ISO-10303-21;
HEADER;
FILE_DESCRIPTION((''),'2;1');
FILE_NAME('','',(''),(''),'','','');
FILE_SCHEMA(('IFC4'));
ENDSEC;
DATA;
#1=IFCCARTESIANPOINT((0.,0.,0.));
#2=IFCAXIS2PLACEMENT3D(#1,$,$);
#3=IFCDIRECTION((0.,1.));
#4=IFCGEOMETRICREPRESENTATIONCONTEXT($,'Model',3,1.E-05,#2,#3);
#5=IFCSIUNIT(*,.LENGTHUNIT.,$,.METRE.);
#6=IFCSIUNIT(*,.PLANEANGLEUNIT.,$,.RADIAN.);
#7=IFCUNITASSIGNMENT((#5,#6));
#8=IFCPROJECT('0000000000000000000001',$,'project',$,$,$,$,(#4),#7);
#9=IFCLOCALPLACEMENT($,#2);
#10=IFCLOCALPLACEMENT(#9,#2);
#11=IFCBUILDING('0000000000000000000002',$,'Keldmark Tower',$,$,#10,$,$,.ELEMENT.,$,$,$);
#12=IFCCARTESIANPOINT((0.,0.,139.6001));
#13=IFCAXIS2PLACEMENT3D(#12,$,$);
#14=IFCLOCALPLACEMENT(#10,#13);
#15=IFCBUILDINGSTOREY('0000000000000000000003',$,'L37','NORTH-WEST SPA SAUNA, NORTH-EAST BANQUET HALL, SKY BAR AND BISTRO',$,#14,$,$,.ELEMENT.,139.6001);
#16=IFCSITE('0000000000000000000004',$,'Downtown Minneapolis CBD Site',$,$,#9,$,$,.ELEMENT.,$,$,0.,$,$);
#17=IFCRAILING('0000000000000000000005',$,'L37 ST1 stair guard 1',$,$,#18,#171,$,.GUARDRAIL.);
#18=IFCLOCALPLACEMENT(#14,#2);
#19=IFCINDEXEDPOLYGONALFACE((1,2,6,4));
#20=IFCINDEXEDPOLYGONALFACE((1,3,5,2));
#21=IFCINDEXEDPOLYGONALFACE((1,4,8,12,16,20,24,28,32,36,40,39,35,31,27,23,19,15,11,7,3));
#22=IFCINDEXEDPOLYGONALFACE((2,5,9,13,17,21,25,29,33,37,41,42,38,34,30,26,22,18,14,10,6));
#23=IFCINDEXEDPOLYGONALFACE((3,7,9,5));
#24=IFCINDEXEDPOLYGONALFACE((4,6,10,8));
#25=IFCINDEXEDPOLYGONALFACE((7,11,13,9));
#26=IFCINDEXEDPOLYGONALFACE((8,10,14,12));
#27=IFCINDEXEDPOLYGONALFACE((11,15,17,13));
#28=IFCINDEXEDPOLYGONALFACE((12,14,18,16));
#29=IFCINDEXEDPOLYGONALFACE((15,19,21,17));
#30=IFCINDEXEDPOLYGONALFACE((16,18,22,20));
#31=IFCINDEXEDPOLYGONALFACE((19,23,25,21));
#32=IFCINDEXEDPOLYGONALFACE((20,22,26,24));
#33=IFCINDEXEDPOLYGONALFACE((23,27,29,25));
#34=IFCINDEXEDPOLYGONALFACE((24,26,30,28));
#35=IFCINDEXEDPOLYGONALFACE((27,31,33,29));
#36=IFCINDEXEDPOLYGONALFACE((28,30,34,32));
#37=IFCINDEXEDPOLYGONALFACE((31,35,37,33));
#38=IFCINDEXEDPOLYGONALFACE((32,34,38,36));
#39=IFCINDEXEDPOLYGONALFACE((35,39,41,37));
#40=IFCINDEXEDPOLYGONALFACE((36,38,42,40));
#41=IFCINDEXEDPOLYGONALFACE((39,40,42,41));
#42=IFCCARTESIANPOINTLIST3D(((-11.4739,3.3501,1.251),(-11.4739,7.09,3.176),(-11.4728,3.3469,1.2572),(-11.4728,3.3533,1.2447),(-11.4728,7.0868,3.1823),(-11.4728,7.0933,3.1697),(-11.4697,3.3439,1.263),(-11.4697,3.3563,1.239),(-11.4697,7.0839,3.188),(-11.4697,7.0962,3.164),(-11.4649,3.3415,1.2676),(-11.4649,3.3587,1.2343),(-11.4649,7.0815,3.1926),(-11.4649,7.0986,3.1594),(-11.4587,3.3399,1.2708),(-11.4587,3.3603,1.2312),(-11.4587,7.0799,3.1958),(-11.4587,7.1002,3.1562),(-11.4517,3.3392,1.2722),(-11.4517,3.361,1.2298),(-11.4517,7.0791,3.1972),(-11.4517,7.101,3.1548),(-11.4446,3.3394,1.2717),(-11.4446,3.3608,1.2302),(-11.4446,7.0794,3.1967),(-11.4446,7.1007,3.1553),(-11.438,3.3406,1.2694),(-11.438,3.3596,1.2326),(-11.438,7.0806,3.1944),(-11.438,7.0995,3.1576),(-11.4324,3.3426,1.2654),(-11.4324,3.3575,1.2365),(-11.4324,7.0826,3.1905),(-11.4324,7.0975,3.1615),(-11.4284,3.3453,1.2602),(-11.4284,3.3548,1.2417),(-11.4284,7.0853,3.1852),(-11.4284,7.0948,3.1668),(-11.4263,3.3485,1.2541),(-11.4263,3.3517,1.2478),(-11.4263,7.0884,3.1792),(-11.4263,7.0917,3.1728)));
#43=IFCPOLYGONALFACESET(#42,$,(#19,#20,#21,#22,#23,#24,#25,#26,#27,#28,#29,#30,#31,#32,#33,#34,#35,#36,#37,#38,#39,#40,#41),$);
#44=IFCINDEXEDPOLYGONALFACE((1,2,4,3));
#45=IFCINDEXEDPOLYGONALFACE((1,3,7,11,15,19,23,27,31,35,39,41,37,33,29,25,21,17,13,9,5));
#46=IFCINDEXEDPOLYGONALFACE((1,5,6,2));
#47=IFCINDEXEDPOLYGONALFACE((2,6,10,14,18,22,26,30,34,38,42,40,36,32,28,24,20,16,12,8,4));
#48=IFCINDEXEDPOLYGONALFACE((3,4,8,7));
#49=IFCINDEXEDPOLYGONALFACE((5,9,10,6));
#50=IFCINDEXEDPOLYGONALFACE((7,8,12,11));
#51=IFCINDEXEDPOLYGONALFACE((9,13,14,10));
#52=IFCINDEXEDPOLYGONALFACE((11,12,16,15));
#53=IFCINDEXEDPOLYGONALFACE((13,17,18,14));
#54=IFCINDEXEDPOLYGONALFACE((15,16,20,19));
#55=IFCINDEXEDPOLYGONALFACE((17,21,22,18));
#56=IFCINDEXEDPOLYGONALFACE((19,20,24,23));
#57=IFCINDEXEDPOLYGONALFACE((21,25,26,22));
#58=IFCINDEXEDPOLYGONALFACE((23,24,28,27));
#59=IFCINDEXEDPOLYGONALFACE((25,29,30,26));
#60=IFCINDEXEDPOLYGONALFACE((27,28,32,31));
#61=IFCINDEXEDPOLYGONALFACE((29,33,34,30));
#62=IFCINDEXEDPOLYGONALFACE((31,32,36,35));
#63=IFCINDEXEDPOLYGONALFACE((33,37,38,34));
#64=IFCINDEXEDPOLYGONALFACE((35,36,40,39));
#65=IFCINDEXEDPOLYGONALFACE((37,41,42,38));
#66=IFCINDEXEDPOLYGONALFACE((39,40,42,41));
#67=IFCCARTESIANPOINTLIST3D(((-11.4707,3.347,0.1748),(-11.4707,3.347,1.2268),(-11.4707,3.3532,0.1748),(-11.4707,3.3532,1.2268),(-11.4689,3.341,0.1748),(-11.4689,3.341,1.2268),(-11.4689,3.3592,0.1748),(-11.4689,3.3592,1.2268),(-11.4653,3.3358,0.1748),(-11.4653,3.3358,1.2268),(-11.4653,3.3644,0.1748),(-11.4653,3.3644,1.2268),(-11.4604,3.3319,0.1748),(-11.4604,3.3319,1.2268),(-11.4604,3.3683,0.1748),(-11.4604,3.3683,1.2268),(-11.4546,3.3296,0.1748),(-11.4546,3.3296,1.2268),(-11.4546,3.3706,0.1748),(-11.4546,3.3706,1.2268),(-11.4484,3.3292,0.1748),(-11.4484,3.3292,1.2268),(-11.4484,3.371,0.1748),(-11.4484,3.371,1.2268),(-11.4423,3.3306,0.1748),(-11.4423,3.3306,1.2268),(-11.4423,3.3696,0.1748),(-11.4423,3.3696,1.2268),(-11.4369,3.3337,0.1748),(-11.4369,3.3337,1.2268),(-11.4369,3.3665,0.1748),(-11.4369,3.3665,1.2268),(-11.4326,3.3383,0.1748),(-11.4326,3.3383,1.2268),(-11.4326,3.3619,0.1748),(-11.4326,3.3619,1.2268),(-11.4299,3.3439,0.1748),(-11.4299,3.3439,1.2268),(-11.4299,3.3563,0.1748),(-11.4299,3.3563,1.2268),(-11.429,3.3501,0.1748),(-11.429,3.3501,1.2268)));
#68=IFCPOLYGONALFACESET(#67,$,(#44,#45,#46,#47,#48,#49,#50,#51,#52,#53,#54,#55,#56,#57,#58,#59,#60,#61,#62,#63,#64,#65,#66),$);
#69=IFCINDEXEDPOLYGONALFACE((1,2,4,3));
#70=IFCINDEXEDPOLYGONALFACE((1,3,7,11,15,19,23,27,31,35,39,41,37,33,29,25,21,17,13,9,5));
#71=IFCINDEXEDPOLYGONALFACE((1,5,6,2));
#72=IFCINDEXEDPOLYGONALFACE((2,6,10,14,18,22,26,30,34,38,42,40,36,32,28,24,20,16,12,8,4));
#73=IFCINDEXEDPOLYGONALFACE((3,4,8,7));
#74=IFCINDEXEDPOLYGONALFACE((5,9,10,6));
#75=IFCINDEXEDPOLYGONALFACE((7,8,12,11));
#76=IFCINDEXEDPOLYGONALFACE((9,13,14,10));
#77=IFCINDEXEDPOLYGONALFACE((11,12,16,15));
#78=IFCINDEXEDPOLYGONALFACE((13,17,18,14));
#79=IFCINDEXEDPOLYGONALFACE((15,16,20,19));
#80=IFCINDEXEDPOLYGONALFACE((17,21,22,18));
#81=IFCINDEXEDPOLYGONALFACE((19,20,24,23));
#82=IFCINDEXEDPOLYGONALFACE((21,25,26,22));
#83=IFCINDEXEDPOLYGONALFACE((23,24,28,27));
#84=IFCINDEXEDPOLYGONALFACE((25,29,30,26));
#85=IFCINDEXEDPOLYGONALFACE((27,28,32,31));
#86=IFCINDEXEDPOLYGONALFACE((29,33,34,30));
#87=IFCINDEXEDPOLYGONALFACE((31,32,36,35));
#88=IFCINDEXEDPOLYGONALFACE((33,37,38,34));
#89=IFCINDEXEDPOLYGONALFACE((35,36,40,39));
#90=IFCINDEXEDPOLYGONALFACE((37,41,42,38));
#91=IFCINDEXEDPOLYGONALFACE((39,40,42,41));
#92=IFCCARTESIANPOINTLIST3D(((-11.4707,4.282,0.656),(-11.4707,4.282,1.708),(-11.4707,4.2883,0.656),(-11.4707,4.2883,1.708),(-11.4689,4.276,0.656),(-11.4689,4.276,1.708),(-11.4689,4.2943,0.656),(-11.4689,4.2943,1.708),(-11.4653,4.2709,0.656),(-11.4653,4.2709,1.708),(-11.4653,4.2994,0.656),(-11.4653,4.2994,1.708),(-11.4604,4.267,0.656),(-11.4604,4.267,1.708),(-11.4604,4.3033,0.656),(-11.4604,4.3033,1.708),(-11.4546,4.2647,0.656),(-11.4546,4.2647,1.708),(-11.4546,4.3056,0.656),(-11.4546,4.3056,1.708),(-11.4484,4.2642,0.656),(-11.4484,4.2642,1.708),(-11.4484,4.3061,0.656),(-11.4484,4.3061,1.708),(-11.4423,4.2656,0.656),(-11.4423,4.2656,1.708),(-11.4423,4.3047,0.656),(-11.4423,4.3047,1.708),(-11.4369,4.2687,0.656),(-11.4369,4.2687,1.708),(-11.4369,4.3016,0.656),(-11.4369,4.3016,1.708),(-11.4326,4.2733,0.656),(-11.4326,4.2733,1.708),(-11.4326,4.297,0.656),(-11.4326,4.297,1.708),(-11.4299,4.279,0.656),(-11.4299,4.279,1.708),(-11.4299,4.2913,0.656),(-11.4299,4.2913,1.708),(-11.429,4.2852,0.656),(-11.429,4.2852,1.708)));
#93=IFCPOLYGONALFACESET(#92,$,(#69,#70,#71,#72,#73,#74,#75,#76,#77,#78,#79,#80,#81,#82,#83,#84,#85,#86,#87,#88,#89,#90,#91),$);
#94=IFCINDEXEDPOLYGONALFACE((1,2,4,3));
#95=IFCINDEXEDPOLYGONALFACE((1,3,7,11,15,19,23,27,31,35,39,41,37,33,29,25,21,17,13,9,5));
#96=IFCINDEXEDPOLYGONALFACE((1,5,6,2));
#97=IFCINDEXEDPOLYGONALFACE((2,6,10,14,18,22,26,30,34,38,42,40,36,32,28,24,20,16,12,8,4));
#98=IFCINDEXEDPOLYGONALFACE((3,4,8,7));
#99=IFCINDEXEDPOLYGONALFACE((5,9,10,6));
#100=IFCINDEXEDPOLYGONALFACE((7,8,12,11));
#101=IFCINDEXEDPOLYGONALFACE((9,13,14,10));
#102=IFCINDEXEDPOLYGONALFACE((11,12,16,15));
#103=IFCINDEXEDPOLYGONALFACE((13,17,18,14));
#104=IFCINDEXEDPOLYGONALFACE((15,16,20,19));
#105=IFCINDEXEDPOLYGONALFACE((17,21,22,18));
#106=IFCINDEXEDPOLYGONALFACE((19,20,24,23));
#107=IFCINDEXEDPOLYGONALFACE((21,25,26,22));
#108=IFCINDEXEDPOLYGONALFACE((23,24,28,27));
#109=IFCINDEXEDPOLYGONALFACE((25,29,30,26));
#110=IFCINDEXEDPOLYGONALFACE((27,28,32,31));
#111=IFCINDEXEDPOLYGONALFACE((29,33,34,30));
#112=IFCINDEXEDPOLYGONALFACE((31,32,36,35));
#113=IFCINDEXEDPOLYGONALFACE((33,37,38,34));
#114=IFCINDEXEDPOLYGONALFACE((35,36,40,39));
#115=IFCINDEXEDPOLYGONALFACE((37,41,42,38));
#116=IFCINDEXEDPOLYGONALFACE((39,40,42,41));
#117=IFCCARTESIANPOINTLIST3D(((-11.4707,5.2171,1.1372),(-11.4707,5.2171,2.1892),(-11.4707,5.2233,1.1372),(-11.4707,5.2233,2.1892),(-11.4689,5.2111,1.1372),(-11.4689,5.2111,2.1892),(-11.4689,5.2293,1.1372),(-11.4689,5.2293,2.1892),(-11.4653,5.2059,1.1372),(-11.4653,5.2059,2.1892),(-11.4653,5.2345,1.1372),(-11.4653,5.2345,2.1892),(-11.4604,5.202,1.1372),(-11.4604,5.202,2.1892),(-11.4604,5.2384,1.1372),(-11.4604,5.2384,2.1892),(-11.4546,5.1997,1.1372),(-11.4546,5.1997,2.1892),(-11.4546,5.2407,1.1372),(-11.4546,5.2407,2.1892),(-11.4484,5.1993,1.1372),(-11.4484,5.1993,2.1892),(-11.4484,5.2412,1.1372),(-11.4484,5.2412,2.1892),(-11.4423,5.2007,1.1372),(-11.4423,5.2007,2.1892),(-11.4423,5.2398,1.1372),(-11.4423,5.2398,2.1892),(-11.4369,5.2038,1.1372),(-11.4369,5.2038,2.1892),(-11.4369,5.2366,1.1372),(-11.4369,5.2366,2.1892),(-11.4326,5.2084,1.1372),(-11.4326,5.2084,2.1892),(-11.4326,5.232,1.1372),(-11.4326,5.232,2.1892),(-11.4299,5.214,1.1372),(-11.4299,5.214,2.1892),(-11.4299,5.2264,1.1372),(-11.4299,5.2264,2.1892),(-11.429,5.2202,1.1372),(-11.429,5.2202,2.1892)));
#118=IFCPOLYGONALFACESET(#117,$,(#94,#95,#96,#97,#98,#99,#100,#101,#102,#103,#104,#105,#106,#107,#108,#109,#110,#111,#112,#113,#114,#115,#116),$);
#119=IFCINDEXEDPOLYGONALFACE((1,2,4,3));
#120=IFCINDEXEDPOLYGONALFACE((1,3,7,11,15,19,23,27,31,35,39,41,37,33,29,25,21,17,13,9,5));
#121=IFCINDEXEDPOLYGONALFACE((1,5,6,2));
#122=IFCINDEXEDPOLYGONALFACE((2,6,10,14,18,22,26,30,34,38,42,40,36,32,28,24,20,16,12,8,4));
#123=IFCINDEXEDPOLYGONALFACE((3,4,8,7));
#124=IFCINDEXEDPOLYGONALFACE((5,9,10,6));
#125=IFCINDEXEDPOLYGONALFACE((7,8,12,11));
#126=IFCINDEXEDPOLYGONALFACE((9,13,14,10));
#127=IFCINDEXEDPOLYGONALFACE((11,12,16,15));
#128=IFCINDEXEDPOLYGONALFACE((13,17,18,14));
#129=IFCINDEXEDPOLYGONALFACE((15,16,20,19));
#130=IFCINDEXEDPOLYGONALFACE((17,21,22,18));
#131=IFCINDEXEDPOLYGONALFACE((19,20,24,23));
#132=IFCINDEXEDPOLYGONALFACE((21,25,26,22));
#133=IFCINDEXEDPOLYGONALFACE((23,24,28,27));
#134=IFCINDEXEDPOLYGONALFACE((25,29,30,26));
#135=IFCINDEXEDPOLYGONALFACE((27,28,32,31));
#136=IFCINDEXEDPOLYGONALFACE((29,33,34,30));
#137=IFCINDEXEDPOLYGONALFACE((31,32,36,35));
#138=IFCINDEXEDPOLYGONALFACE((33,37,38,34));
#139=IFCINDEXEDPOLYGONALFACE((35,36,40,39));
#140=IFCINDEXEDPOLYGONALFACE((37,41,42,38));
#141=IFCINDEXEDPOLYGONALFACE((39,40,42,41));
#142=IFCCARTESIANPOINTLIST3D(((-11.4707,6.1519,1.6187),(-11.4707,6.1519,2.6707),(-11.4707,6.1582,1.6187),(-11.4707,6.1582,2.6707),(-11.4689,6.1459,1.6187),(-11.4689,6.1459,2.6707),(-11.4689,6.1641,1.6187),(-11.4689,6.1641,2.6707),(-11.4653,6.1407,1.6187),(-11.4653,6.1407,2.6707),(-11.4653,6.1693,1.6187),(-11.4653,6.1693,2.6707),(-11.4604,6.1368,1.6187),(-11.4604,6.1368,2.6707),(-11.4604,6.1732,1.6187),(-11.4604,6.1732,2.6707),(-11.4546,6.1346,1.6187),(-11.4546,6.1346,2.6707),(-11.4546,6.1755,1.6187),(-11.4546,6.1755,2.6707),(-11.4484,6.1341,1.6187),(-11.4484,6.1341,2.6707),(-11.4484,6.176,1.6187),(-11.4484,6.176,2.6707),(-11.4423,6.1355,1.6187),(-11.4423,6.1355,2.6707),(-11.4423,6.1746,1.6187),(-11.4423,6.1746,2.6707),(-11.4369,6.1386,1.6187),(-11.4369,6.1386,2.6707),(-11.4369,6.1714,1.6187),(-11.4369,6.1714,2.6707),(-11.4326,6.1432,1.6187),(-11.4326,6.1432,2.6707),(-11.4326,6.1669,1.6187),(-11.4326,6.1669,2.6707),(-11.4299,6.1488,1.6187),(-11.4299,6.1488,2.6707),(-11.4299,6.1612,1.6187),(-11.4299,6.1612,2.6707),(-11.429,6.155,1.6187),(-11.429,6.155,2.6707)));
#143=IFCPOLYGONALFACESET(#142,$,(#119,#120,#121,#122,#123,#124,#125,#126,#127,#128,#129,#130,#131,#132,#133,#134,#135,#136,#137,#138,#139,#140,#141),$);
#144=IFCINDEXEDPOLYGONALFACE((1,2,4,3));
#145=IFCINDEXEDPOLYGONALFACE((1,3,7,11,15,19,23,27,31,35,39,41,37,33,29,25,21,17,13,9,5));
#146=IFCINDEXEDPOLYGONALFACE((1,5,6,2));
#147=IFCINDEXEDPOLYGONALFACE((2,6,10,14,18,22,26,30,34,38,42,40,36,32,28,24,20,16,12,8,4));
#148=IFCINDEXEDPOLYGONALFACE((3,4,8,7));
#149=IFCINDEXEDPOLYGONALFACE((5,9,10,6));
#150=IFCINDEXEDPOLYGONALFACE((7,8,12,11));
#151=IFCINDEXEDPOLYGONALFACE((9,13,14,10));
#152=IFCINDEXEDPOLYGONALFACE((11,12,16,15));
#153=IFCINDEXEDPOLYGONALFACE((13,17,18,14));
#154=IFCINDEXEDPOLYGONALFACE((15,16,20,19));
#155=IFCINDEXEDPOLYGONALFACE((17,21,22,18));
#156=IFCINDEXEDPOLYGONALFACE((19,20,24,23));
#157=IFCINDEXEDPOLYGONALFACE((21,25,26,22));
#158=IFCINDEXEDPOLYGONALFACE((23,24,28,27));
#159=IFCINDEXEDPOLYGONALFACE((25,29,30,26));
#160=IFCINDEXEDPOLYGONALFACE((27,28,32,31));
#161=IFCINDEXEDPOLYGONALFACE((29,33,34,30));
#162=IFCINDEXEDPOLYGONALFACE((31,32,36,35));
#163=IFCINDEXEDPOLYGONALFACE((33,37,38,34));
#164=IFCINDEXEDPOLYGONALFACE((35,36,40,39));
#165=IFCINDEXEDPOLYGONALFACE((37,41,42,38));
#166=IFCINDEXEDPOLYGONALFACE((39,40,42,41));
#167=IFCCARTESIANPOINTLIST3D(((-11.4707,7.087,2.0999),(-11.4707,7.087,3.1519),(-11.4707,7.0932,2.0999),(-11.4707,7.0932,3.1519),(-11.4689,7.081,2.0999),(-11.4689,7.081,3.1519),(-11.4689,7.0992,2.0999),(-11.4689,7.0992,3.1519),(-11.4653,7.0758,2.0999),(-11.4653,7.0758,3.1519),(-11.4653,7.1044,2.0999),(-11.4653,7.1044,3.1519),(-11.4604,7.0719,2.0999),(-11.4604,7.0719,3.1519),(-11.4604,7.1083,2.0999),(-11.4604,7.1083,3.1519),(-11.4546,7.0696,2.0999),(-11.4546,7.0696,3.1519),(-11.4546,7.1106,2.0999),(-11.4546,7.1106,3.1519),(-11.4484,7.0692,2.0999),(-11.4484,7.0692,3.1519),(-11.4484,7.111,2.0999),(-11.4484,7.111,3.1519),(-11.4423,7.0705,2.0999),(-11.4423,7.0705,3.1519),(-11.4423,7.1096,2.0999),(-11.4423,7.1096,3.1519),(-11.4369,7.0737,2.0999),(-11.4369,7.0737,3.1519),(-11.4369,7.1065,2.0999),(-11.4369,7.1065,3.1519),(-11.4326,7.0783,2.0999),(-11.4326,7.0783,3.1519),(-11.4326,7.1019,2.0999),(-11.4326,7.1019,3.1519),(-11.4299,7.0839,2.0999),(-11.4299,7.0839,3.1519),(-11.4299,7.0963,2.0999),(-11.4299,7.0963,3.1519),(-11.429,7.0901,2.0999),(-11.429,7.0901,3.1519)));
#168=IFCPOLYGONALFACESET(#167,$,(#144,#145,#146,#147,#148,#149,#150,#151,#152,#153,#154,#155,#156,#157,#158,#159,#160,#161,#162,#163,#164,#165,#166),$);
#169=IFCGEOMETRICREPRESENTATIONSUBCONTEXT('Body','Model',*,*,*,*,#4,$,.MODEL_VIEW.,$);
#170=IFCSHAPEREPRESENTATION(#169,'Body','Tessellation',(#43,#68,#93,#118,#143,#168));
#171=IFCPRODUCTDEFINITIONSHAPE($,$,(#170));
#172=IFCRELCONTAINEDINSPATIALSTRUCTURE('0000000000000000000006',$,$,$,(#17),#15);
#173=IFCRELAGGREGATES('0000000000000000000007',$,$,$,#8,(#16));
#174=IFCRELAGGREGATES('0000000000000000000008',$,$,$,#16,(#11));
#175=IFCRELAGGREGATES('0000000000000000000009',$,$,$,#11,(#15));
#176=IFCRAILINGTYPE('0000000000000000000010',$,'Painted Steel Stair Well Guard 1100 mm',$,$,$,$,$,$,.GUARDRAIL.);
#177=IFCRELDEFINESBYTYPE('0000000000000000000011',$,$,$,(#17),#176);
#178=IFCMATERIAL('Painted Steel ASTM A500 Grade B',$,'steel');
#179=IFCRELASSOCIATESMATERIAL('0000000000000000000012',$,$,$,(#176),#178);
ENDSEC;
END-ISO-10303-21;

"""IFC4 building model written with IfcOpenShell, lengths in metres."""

from ifc_helpers import new_model, si_unit, direction, frame, origin, origin_2d, place, context, subcontext, project, spatial, circle, extrude, material, type_object, element, save


model = new_model("IFC4")

# Units and contexts
model_context = context("Model", 3, precision=1e-05, world=origin(), true_north=direction((0.0, 1.0)))
body_context = subcontext(model_context, "Body", "Model", "MODEL_VIEW")
ifc_project = project(units=[si_unit("LENGTHUNIT", "METRE"), si_unit("PLANEANGLEUNIT", "RADIAN")], contexts=[model_context])

# Site, building, storey
site_placement = place(None, origin())
site = spatial("IfcSite", under=ifc_project, at=site_placement, Name="Downtown Minneapolis CBD Site", CompositionType="ELEMENT", RefElevation=0.0)
building_placement = place(site_placement, origin())
building = spatial("IfcBuilding", under=site, at=building_placement, Name="Keldmark Tower", CompositionType="ELEMENT")
storey_placement = place(building_placement, frame((0.0, 0.0, 139.6001)))
storey = spatial("IfcBuildingStorey", under=building, at=storey_placement, Name="L37", Description="NORTH-WEST SPA SAUNA, NORTH-EAST BANQUET HALL, SKY BAR AND BISTRO", CompositionType="ELEMENT", Elevation=139.6001)

# Railing
ifc_material_1 = material(Name="Painted Steel ASTM A500 Grade B", Category="steel")
railing_type_1 = type_object("IfcRailingType", Name="Painted Steel Stair Well Guard 1100 mm", PredefinedType="GUARDRAIL", material=ifc_material_1)
railing_1_placement = place(storey_placement, frame((-11.45, 3.3501, 0.1748)))
element("IfcRailing", 1, at=railing_1_placement, inside=storey, type_object=railing_type_1, Name="L37 ST1 stair guard 1", PredefinedType="GUARDRAIL", context=body_context, shape_type="SweptSolid", body=[
    extrude(circle(Radius=0.0239, at=origin_2d()), frame((0.0, 0.0, 1.0762), z_axis=(0.0, 0.889131, 0.457654), x_axis=(-1.0, 0.0, 0.0)), (0.0, 0.0, 1.0), 4.2063),
    extrude(circle(Radius=0.021, at=origin_2d()), origin(), (0.0, 0.0, 1.0), 1.052),
    extrude(circle(Radius=0.021, at=origin_2d()), frame((0.0, 0.9351, 0.4812)), (0.0, 0.0, 1.0), 1.052),
    extrude(circle(Radius=0.021, at=origin_2d()), frame((0.0, 1.8701, 0.9624)), (0.0, 0.0, 1.0), 1.052),
    extrude(circle(Radius=0.021, at=origin_2d()), frame((0.0, 2.8049, 1.4438)), (0.0, 0.0, 1.0), 1.052),
    extrude(circle(Radius=0.021, at=origin_2d()), frame((0.0, 3.74, 1.925)), (0.0, 0.0, 1.0), 1.052),
])

save(model, "model.ifc")
